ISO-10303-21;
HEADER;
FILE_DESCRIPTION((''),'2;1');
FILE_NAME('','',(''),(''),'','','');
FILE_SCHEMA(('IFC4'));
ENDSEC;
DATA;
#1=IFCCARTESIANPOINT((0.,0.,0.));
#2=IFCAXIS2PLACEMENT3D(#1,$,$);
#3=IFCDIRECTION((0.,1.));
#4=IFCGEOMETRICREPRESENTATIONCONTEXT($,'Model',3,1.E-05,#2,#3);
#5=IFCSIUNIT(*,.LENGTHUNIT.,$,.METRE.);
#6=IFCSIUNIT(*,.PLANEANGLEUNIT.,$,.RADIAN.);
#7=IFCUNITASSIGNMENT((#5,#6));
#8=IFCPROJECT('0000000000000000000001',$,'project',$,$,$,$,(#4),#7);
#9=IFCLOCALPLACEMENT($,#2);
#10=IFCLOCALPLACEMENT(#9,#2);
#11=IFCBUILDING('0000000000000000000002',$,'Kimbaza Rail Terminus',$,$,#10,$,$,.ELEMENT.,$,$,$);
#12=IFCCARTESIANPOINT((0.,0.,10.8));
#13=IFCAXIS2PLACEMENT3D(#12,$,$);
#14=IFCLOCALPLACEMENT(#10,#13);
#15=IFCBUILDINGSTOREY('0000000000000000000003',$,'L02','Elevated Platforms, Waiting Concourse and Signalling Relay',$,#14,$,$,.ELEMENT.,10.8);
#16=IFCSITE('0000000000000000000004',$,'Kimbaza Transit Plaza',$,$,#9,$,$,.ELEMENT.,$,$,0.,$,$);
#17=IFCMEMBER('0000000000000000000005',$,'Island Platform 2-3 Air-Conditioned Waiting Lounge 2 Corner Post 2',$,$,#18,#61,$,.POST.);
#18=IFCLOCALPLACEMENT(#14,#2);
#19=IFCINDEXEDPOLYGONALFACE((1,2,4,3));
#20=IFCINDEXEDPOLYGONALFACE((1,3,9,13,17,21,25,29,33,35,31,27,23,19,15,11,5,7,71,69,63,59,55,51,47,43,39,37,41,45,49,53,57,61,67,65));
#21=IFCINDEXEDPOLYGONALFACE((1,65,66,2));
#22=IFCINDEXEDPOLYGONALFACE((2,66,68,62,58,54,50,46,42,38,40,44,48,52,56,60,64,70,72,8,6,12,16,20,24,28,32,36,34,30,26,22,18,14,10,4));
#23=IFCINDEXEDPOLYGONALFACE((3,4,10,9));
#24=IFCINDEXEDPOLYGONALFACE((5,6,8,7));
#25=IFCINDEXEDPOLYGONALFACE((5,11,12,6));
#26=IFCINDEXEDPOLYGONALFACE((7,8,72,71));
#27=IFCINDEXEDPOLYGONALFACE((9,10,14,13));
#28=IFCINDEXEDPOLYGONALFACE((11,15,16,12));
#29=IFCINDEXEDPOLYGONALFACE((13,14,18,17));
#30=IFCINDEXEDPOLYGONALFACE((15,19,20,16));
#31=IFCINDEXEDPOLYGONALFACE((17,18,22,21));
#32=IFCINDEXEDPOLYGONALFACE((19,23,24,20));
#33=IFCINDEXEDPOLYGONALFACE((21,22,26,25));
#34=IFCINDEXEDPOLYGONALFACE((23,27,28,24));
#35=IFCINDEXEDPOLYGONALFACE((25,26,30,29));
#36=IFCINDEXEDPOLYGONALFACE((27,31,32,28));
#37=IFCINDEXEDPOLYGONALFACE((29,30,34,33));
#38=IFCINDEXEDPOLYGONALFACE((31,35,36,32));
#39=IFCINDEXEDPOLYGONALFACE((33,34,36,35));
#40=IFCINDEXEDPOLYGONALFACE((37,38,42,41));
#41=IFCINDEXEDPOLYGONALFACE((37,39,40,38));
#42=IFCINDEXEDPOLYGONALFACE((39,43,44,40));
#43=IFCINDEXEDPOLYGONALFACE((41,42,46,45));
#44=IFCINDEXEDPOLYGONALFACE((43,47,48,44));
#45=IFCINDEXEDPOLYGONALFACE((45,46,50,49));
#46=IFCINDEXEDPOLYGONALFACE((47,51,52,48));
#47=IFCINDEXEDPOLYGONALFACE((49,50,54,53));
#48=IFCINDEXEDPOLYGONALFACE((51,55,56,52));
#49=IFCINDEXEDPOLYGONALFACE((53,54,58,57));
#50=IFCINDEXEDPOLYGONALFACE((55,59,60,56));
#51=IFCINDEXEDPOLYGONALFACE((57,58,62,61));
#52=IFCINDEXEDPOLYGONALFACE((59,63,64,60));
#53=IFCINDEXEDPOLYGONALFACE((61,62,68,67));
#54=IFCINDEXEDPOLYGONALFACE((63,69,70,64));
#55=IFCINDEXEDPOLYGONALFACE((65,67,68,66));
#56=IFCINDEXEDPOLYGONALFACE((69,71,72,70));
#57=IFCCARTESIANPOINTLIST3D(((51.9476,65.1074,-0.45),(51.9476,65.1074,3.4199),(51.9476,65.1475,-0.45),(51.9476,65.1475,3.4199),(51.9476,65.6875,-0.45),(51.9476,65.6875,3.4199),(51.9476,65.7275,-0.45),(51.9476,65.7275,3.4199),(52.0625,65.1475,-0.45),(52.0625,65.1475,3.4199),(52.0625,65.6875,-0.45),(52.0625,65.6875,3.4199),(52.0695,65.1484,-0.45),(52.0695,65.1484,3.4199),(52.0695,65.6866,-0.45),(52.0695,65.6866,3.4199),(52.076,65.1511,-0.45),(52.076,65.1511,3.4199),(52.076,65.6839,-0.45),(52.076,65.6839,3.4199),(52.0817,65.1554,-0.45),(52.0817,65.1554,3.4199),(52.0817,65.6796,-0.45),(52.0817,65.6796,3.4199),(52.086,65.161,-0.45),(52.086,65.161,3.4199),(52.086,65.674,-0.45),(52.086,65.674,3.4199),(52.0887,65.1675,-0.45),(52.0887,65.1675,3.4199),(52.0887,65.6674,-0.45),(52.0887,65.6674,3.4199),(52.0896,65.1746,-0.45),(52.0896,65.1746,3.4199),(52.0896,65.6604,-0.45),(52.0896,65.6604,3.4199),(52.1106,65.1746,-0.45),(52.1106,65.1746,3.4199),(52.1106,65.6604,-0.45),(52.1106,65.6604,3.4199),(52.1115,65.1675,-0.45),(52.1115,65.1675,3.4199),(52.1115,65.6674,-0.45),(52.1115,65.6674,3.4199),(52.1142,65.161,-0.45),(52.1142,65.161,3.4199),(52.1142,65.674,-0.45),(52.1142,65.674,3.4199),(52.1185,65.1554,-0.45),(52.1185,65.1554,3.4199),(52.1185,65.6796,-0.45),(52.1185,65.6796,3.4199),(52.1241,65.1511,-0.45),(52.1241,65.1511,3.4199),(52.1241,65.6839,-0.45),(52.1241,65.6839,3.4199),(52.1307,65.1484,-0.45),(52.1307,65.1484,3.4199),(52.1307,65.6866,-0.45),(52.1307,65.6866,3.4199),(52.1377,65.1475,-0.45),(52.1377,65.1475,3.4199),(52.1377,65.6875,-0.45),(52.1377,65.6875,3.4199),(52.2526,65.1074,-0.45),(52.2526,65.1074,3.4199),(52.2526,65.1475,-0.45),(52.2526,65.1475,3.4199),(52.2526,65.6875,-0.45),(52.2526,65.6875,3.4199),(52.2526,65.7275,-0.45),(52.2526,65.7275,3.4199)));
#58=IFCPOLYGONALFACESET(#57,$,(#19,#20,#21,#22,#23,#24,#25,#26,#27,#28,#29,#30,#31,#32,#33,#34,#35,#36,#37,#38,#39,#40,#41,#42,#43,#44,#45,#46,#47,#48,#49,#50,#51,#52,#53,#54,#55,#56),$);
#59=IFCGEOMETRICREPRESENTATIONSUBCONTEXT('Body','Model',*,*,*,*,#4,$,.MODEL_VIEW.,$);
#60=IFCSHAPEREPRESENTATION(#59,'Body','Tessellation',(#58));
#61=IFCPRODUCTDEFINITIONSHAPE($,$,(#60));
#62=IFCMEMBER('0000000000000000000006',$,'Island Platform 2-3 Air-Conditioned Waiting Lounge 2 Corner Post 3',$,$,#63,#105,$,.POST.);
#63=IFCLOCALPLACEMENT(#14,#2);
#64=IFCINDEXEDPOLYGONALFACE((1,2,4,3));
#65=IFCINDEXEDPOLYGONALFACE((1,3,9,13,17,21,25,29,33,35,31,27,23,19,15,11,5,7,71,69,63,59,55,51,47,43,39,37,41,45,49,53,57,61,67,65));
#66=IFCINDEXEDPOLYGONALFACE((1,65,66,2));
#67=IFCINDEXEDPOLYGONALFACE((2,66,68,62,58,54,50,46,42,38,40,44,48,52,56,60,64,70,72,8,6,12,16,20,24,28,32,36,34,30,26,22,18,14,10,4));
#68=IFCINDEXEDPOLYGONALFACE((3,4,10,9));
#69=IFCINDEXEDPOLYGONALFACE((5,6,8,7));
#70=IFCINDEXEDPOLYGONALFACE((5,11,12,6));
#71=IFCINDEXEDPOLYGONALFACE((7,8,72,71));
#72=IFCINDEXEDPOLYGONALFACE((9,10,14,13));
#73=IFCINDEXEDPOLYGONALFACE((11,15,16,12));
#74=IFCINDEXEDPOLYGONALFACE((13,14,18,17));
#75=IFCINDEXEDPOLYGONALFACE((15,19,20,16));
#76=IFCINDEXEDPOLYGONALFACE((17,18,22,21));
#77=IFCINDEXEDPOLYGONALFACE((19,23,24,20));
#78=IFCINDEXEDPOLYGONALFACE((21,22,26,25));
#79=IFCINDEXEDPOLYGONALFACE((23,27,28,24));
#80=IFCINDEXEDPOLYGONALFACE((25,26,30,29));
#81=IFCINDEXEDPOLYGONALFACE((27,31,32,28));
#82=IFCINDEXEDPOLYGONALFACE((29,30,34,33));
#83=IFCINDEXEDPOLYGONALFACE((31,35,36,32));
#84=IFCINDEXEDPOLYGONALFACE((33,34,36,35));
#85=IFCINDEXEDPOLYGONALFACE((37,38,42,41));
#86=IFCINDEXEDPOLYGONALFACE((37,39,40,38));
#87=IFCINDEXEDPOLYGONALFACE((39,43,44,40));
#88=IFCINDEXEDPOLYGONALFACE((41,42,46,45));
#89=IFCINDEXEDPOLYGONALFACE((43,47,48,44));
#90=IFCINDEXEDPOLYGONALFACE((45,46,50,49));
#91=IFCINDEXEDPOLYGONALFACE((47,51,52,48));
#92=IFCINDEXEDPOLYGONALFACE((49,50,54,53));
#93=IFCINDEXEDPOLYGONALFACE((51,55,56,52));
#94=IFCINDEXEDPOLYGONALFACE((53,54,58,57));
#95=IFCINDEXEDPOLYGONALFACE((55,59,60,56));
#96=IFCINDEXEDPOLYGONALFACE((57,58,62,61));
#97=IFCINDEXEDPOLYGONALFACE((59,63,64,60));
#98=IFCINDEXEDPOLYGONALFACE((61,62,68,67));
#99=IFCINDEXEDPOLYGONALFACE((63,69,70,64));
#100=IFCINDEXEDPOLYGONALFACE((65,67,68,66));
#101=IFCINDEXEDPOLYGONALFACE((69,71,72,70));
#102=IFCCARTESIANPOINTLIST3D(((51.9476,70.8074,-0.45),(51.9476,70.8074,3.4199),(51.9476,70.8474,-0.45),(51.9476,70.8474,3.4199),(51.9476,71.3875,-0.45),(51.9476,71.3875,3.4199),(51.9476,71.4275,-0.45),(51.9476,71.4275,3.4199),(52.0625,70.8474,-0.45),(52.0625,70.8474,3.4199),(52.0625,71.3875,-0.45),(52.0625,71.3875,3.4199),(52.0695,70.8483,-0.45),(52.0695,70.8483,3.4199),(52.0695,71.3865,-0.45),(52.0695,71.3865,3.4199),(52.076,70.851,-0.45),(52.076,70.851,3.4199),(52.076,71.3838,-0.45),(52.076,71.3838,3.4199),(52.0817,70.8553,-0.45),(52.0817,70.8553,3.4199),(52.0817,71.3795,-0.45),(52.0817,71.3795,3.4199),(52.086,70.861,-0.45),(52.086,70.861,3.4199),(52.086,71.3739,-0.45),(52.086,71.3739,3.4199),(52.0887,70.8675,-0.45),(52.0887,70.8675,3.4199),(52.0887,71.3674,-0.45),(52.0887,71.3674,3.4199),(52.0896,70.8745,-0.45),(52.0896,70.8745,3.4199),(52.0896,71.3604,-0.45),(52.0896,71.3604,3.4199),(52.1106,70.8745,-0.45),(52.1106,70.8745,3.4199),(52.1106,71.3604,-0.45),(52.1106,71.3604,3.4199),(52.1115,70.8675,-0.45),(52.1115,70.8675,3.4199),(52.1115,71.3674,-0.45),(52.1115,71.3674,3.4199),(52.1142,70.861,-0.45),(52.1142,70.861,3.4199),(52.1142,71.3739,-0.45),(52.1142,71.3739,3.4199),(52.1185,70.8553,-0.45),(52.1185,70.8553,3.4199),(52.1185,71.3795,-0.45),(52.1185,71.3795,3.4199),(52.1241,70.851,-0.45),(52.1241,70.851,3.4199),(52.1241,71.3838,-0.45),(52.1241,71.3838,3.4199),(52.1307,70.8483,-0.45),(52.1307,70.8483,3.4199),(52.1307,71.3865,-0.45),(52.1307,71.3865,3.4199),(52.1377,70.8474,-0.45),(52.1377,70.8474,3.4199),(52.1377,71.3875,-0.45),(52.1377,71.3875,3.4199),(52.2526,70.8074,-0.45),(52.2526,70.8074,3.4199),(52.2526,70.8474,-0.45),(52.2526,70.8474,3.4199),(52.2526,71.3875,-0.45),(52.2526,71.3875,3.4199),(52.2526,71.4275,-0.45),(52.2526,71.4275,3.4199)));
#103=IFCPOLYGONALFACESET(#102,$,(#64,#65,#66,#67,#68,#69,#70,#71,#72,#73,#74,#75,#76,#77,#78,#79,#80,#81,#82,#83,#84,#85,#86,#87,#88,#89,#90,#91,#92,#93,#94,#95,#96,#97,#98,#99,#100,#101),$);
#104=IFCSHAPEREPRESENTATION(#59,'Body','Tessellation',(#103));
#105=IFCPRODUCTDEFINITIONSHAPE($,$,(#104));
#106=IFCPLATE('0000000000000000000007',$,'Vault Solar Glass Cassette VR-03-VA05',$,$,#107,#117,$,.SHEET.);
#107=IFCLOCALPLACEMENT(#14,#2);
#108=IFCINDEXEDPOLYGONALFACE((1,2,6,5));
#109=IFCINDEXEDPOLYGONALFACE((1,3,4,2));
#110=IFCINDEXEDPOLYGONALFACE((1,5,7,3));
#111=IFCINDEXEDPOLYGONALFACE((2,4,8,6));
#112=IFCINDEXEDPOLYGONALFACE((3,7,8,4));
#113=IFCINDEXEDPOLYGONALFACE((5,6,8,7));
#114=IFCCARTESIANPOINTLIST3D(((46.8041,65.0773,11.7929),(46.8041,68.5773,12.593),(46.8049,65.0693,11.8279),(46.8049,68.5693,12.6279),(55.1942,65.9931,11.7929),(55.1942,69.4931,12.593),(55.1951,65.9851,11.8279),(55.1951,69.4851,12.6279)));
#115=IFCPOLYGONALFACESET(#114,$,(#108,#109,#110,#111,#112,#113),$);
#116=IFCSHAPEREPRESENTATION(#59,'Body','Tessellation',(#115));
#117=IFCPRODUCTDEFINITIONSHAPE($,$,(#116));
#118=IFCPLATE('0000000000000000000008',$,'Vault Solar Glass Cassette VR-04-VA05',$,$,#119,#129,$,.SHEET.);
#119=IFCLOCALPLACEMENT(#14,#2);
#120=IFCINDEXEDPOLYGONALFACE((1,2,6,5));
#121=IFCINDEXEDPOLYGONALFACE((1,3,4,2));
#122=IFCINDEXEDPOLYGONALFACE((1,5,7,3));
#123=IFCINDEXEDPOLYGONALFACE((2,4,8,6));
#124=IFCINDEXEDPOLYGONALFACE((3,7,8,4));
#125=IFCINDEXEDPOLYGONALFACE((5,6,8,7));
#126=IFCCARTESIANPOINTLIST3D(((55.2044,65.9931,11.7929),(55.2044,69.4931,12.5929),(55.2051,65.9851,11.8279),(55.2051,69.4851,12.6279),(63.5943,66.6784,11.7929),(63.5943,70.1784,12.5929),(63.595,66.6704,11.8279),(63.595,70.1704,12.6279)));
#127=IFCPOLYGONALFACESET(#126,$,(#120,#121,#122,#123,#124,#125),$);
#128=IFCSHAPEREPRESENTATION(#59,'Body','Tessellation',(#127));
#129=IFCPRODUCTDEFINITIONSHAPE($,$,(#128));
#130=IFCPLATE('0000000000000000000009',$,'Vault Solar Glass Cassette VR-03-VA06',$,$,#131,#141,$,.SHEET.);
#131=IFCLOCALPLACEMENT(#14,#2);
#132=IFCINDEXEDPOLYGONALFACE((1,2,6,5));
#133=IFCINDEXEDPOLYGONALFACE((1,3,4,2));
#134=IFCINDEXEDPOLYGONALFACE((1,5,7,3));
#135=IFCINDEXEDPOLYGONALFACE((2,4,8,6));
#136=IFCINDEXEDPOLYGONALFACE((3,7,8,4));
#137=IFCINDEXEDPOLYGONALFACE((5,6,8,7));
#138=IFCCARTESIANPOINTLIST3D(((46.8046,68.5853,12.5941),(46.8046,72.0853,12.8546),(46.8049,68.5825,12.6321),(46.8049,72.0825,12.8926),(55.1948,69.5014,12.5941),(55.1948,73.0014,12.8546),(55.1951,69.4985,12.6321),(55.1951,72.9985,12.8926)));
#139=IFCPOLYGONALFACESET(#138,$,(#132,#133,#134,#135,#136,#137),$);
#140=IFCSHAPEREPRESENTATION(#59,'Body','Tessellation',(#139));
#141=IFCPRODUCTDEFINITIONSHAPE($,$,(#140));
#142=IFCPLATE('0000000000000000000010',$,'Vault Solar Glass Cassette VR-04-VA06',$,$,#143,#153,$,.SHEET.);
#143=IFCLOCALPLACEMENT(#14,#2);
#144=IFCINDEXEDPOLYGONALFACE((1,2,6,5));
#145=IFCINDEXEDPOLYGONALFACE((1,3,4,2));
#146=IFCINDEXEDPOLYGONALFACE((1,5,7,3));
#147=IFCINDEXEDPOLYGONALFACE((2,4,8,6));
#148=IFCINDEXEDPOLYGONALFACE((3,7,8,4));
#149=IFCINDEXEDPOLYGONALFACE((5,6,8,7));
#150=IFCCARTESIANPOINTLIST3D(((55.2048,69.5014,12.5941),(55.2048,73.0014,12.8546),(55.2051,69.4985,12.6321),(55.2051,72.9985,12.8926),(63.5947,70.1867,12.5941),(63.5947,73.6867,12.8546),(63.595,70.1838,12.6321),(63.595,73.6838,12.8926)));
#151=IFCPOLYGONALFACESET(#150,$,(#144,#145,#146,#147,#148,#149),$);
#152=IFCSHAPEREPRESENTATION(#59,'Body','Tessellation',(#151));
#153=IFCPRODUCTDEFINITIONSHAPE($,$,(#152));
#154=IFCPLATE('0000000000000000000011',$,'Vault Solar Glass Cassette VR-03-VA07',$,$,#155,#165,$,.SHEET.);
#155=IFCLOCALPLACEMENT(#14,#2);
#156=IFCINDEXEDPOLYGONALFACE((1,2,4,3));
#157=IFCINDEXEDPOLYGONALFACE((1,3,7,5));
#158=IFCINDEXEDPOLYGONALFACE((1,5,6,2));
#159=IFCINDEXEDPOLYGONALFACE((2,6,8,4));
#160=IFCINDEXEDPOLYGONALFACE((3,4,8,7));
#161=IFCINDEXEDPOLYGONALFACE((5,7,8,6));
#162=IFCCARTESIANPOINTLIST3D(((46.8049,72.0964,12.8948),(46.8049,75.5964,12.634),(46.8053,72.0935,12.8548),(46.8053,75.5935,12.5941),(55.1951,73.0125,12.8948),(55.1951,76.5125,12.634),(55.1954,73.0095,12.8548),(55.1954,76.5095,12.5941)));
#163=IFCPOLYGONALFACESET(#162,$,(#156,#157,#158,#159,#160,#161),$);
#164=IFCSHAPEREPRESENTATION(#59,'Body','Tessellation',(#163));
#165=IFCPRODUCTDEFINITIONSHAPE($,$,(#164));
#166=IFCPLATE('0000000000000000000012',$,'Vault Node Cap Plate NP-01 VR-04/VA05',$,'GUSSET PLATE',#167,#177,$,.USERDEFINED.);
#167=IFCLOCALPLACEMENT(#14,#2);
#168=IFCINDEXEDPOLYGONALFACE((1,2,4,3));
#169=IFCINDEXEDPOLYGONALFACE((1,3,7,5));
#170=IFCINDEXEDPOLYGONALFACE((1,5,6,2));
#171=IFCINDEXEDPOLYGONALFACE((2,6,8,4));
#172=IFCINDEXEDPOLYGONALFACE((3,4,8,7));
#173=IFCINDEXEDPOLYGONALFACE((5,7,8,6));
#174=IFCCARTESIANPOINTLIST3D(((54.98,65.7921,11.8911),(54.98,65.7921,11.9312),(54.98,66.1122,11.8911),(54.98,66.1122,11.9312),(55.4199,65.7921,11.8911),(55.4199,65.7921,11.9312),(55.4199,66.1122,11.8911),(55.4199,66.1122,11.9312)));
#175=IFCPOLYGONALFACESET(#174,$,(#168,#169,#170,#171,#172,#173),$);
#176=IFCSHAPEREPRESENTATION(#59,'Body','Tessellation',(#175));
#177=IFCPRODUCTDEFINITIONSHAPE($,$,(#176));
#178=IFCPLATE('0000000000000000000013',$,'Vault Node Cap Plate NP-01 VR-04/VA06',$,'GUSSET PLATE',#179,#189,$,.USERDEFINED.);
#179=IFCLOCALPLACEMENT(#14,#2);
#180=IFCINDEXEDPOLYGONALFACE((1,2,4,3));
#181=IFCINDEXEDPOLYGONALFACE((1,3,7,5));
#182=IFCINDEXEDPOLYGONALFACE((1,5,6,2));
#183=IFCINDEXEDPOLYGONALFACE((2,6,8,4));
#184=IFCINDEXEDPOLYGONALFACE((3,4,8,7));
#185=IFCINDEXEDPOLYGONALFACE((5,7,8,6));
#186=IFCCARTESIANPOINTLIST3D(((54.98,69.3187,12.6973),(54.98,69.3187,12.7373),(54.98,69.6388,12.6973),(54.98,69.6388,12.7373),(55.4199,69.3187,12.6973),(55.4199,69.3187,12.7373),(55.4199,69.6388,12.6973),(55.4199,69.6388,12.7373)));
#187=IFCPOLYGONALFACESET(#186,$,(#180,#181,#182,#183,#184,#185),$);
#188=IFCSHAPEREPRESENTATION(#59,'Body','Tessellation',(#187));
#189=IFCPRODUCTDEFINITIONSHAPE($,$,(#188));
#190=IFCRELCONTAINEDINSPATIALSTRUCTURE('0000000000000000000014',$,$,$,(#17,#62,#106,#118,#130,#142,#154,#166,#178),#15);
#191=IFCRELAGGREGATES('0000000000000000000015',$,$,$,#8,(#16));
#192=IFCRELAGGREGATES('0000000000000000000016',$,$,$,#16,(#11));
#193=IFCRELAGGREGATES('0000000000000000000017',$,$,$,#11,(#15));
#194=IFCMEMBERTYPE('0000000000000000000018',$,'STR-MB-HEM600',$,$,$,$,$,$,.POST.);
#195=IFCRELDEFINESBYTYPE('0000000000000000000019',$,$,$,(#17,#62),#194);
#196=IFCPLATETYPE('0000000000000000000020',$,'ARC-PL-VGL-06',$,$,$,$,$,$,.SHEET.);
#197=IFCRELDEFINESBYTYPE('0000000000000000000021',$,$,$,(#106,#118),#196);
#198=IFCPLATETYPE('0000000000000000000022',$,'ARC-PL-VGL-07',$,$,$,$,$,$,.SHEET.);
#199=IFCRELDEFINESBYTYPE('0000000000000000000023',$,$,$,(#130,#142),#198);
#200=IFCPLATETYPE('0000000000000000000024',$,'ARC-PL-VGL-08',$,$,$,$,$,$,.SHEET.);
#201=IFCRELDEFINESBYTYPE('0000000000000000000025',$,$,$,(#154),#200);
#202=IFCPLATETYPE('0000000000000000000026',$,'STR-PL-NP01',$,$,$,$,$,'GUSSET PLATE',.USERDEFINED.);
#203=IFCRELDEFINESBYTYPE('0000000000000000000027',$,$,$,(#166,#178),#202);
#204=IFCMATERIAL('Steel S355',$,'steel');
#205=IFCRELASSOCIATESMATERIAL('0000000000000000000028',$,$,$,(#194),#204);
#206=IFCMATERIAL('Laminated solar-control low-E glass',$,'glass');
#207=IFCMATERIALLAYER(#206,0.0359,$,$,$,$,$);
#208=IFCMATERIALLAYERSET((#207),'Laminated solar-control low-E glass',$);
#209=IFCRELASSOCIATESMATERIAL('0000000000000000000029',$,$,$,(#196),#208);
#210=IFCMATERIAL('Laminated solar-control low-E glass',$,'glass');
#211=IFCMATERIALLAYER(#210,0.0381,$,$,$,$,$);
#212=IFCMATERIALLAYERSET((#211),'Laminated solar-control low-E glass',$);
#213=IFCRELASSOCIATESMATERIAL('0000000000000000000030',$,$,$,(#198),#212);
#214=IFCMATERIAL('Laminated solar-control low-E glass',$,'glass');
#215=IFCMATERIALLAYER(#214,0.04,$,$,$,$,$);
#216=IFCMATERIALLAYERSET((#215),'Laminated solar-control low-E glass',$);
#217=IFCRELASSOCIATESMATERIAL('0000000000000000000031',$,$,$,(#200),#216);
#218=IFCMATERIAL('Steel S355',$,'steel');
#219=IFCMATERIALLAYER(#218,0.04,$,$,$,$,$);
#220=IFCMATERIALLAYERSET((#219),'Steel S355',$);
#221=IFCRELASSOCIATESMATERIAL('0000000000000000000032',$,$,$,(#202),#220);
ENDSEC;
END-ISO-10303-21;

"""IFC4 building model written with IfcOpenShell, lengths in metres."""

from ifc_helpers import new_model, si_unit, direction, frame, origin, origin_2d, place, context, subcontext, project, spatial, polyline, rectangle, i_section, outline, extrude, material, layer, layer_set, material_profile, profile_set, type_object, element, save


model = new_model("IFC4")

# Units and contexts
model_context = context("Model", 3, precision=1e-05, world=origin(), true_north=direction((0.0, 1.0)))
body_context = subcontext(model_context, "Body", "Model", "MODEL_VIEW")
ifc_project = project(units=[si_unit("LENGTHUNIT", "METRE"), si_unit("PLANEANGLEUNIT", "RADIAN")], contexts=[model_context])

# Site, building, storey
site_placement = place(None, origin())
site = spatial("IfcSite", under=ifc_project, at=site_placement, Name="Kimbaza Transit Plaza", CompositionType="ELEMENT", RefElevation=0.0)
building_placement = place(site_placement, origin())
building = spatial("IfcBuilding", under=site, at=building_placement, Name="Kimbaza Rail Terminus", CompositionType="ELEMENT")
storey_placement = place(building_placement, frame((0.0, 0.0, 10.8)))
storey = spatial("IfcBuildingStorey", under=building, at=storey_placement, Name="L02", Description="Elevated Platforms, Waiting Concourse and Signalling Relay", CompositionType="ELEMENT", Elevation=10.8)

# Members
ifc_material_1 = material(Name="Steel S355", Category="steel")
ifc_material_profile_1 = material_profile(ifc_material_1, i_section(OverallWidth=0.3049, OverallDepth=0.6201, WebThickness=0.021, FlangeThickness=0.04, FilletRadius=0.0271, at=origin_2d()), Name="HEM 600")
ifc_profile_set_1 = profile_set([ifc_material_profile_1], Name="Steel S355")
member_type_1 = type_object("IfcMemberType", Name="STR-MB-HEM600", PredefinedType="POST", material=ifc_profile_set_1)
for number, where, z_axis, x_axis, name in (
    (1, (52.1001, 65.4175, -0.45), (0.0, 0.0, 1.0), (1.0, 0.0, 0.0), "Island Platform 2-3 Air-Conditioned Waiting Lounge 2 Corner Post 2"),
    (2, (52.1001, 71.1174, -0.45), (0.0, 0.0, 1.0), (1.0, 0.0, 0.0), "Island Platform 2-3 Air-Conditioned Waiting Lounge 2 Corner Post 3"),
):
    element("IfcMember", number, at=place(storey_placement, frame(where, z_axis=z_axis, x_axis=x_axis)), inside=storey, type_object=member_type_1, Name=name, PredefinedType="POST", context=body_context, shape_type="SweptSolid", body=[
        extrude(i_section(OverallWidth=0.3049, OverallDepth=0.6201, WebThickness=0.021, FlangeThickness=0.04, FilletRadius=0.0271, at=origin_2d()), origin(), (0.0, 0.0, 1.0), 3.8699),
    ])

# Plates
ifc_material_2 = material(Name="Laminated solar-control low-E glass", Category="glass")
ifc_layer_1 = layer(ifc_material_2, 0.0359)
ifc_layer_set_1 = layer_set([ifc_layer_1], Name="Laminated solar-control low-E glass")
plate_type_1 = type_object("IfcPlateType", Name="ARC-PL-VGL-06", PredefinedType="SHEET", material=ifc_layer_set_1)
plate_1_placement = place(storey_placement, frame((46.8049, 65.0693, 11.8279), z_axis=(0.024315, -0.222772, 0.974567), x_axis=(0.994096, 0.108504, 0.0)))
element("IfcPlate", 3, at=plate_1_placement, inside=storey, type_object=plate_type_1, Name="Vault Solar Glass Cassette VR-03-VA05", PredefinedType="SHEET", context=body_context, shape_type="SweptSolid", body=[
    extrude(outline(polyline([(0.0, 0.0), (8.44, 0.0), (8.8197, 3.5701), (0.3798, 3.5701), (0.0, 0.0)])), origin(), (0.0, 0.0, -1.0), 0.0359),
])
plate_2_placement = place(storey_placement, frame((55.2051, 65.9851, 11.8279), z_axis=(0.018199, -0.222801, 0.974694), x_axis=(0.996681, 0.081411, 0.0)))
element("IfcPlate", 4, at=plate_2_placement, inside=storey, type_object=plate_type_1, Name="Vault Solar Glass Cassette VR-04-VA05", PredefinedType="SHEET", context=body_context, shape_type="SweptSolid", body=[
    extrude(outline(polyline([(0.0, 0.0), (8.4178, 0.0), (8.7028, 3.579), (0.2849, 3.579), (0.0, 0.0)])), origin(), (0.0, 0.0, -1.0), 0.0359),
])
ifc_material_3 = material(Name="Laminated solar-control low-E glass", Category="glass")
ifc_layer_2 = layer(ifc_material_3, 0.0381)
ifc_layer_set_2 = layer_set([ifc_layer_2], Name="Laminated solar-control low-E glass")
plate_type_2 = type_object("IfcPlateType", Name="ARC-PL-VGL-07", PredefinedType="SHEET", material=ifc_layer_set_2)
plate_3_placement = place(storey_placement, frame((46.8049, 68.5825, 12.6321), z_axis=(0.008103, -0.07422, 0.997209), x_axis=(0.994093, 0.108533, 0.0)))
element("IfcPlate", 5, at=plate_3_placement, inside=storey, type_object=plate_type_2, Name="Vault Solar Glass Cassette VR-03-VA06", PredefinedType="SHEET", context=body_context, shape_type="SweptSolid", body=[
    extrude(outline(polyline([(0.0, 0.0), (8.44, 0.0), (8.8199, 3.4891), (0.3799, 3.4891), (0.0, 0.0)])), origin(), (0.0, 0.0, -1.0), 0.0381),
])
plate_4_placement = place(storey_placement, frame((55.2051, 69.4985, 12.6321), z_axis=(0.006063, -0.074221, 0.997223), x_axis=(0.996681, 0.081411, 0.0)))
element("IfcPlate", 6, at=plate_4_placement, inside=storey, type_object=plate_type_2, Name="Vault Solar Glass Cassette VR-04-VA06", PredefinedType="SHEET", context=body_context, shape_type="SweptSolid", body=[
    extrude(outline(polyline([(0.0, 0.0), (8.4178, 0.0), (8.7028, 3.4981), (0.2849, 3.4981), (0.0, 0.0)])), origin(), (0.0, 0.0, -1.0), 0.0381),
])
ifc_material_4 = material(Name="Laminated solar-control low-E glass", Category="glass")
ifc_layer_3 = layer(ifc_material_4, 0.04)
ifc_layer_set_3 = layer_set([ifc_layer_3], Name="Laminated solar-control low-E glass")
plate_type_3 = type_object("IfcPlateType", Name="ARC-PL-VGL-08", PredefinedType="SHEET", material=ifc_layer_set_3)
plate_5_placement = place(storey_placement, frame((46.8049, 72.0964, 12.8948), z_axis=(-0.008111, 0.074289, 0.997204), x_axis=(0.994093, 0.108533, 0.0)))
element("IfcPlate", 7, at=plate_5_placement, inside=storey, type_object=plate_type_3, Name="Vault Solar Glass Cassette VR-03-VA07", PredefinedType="SHEET", context=body_context, shape_type="SweptSolid", body=[
    extrude(outline(polyline([(0.0, 0.0), (8.44, 0.0), (8.8199, 3.4891), (0.3799, 3.4891), (0.0, 0.0)])), origin(), (0.0, 0.0, -1.0), 0.04),
])
ifc_material_5 = material(Name="Steel S355", Category="steel")
ifc_layer_4 = layer(ifc_material_5, 0.04)
ifc_layer_set_4 = layer_set([ifc_layer_4], Name="Steel S355")
plate_type_4 = type_object("IfcPlateType", Name="STR-PL-NP01", ElementType="GUSSET PLATE", PredefinedType="USERDEFINED", material=ifc_layer_set_4)
for number, where, z_axis, x_axis, name in (
    (8, (55.2, 65.9521, 11.8911), (0.0, 0.0, 1.0), (1.0, 0.0, 0.0), "Vault Node Cap Plate NP-01 VR-04/VA05"),
    (9, (55.2, 69.4788, 12.6973), (0.0, 0.0, 1.0), (1.0, 0.0, 0.0), "Vault Node Cap Plate NP-01 VR-04/VA06"),
):
    element("IfcPlate", number, at=place(storey_placement, frame(where, z_axis=z_axis, x_axis=x_axis)), inside=storey, type_object=plate_type_4, Name=name, ObjectType="GUSSET PLATE", PredefinedType="USERDEFINED", context=body_context, shape_type="SweptSolid", body=[
        extrude(rectangle(XDim=0.4399, YDim=0.3201, at=origin_2d()), origin(), (0.0, 0.0, 1.0), 0.04),
    ])

save(model, "model.ifc")
